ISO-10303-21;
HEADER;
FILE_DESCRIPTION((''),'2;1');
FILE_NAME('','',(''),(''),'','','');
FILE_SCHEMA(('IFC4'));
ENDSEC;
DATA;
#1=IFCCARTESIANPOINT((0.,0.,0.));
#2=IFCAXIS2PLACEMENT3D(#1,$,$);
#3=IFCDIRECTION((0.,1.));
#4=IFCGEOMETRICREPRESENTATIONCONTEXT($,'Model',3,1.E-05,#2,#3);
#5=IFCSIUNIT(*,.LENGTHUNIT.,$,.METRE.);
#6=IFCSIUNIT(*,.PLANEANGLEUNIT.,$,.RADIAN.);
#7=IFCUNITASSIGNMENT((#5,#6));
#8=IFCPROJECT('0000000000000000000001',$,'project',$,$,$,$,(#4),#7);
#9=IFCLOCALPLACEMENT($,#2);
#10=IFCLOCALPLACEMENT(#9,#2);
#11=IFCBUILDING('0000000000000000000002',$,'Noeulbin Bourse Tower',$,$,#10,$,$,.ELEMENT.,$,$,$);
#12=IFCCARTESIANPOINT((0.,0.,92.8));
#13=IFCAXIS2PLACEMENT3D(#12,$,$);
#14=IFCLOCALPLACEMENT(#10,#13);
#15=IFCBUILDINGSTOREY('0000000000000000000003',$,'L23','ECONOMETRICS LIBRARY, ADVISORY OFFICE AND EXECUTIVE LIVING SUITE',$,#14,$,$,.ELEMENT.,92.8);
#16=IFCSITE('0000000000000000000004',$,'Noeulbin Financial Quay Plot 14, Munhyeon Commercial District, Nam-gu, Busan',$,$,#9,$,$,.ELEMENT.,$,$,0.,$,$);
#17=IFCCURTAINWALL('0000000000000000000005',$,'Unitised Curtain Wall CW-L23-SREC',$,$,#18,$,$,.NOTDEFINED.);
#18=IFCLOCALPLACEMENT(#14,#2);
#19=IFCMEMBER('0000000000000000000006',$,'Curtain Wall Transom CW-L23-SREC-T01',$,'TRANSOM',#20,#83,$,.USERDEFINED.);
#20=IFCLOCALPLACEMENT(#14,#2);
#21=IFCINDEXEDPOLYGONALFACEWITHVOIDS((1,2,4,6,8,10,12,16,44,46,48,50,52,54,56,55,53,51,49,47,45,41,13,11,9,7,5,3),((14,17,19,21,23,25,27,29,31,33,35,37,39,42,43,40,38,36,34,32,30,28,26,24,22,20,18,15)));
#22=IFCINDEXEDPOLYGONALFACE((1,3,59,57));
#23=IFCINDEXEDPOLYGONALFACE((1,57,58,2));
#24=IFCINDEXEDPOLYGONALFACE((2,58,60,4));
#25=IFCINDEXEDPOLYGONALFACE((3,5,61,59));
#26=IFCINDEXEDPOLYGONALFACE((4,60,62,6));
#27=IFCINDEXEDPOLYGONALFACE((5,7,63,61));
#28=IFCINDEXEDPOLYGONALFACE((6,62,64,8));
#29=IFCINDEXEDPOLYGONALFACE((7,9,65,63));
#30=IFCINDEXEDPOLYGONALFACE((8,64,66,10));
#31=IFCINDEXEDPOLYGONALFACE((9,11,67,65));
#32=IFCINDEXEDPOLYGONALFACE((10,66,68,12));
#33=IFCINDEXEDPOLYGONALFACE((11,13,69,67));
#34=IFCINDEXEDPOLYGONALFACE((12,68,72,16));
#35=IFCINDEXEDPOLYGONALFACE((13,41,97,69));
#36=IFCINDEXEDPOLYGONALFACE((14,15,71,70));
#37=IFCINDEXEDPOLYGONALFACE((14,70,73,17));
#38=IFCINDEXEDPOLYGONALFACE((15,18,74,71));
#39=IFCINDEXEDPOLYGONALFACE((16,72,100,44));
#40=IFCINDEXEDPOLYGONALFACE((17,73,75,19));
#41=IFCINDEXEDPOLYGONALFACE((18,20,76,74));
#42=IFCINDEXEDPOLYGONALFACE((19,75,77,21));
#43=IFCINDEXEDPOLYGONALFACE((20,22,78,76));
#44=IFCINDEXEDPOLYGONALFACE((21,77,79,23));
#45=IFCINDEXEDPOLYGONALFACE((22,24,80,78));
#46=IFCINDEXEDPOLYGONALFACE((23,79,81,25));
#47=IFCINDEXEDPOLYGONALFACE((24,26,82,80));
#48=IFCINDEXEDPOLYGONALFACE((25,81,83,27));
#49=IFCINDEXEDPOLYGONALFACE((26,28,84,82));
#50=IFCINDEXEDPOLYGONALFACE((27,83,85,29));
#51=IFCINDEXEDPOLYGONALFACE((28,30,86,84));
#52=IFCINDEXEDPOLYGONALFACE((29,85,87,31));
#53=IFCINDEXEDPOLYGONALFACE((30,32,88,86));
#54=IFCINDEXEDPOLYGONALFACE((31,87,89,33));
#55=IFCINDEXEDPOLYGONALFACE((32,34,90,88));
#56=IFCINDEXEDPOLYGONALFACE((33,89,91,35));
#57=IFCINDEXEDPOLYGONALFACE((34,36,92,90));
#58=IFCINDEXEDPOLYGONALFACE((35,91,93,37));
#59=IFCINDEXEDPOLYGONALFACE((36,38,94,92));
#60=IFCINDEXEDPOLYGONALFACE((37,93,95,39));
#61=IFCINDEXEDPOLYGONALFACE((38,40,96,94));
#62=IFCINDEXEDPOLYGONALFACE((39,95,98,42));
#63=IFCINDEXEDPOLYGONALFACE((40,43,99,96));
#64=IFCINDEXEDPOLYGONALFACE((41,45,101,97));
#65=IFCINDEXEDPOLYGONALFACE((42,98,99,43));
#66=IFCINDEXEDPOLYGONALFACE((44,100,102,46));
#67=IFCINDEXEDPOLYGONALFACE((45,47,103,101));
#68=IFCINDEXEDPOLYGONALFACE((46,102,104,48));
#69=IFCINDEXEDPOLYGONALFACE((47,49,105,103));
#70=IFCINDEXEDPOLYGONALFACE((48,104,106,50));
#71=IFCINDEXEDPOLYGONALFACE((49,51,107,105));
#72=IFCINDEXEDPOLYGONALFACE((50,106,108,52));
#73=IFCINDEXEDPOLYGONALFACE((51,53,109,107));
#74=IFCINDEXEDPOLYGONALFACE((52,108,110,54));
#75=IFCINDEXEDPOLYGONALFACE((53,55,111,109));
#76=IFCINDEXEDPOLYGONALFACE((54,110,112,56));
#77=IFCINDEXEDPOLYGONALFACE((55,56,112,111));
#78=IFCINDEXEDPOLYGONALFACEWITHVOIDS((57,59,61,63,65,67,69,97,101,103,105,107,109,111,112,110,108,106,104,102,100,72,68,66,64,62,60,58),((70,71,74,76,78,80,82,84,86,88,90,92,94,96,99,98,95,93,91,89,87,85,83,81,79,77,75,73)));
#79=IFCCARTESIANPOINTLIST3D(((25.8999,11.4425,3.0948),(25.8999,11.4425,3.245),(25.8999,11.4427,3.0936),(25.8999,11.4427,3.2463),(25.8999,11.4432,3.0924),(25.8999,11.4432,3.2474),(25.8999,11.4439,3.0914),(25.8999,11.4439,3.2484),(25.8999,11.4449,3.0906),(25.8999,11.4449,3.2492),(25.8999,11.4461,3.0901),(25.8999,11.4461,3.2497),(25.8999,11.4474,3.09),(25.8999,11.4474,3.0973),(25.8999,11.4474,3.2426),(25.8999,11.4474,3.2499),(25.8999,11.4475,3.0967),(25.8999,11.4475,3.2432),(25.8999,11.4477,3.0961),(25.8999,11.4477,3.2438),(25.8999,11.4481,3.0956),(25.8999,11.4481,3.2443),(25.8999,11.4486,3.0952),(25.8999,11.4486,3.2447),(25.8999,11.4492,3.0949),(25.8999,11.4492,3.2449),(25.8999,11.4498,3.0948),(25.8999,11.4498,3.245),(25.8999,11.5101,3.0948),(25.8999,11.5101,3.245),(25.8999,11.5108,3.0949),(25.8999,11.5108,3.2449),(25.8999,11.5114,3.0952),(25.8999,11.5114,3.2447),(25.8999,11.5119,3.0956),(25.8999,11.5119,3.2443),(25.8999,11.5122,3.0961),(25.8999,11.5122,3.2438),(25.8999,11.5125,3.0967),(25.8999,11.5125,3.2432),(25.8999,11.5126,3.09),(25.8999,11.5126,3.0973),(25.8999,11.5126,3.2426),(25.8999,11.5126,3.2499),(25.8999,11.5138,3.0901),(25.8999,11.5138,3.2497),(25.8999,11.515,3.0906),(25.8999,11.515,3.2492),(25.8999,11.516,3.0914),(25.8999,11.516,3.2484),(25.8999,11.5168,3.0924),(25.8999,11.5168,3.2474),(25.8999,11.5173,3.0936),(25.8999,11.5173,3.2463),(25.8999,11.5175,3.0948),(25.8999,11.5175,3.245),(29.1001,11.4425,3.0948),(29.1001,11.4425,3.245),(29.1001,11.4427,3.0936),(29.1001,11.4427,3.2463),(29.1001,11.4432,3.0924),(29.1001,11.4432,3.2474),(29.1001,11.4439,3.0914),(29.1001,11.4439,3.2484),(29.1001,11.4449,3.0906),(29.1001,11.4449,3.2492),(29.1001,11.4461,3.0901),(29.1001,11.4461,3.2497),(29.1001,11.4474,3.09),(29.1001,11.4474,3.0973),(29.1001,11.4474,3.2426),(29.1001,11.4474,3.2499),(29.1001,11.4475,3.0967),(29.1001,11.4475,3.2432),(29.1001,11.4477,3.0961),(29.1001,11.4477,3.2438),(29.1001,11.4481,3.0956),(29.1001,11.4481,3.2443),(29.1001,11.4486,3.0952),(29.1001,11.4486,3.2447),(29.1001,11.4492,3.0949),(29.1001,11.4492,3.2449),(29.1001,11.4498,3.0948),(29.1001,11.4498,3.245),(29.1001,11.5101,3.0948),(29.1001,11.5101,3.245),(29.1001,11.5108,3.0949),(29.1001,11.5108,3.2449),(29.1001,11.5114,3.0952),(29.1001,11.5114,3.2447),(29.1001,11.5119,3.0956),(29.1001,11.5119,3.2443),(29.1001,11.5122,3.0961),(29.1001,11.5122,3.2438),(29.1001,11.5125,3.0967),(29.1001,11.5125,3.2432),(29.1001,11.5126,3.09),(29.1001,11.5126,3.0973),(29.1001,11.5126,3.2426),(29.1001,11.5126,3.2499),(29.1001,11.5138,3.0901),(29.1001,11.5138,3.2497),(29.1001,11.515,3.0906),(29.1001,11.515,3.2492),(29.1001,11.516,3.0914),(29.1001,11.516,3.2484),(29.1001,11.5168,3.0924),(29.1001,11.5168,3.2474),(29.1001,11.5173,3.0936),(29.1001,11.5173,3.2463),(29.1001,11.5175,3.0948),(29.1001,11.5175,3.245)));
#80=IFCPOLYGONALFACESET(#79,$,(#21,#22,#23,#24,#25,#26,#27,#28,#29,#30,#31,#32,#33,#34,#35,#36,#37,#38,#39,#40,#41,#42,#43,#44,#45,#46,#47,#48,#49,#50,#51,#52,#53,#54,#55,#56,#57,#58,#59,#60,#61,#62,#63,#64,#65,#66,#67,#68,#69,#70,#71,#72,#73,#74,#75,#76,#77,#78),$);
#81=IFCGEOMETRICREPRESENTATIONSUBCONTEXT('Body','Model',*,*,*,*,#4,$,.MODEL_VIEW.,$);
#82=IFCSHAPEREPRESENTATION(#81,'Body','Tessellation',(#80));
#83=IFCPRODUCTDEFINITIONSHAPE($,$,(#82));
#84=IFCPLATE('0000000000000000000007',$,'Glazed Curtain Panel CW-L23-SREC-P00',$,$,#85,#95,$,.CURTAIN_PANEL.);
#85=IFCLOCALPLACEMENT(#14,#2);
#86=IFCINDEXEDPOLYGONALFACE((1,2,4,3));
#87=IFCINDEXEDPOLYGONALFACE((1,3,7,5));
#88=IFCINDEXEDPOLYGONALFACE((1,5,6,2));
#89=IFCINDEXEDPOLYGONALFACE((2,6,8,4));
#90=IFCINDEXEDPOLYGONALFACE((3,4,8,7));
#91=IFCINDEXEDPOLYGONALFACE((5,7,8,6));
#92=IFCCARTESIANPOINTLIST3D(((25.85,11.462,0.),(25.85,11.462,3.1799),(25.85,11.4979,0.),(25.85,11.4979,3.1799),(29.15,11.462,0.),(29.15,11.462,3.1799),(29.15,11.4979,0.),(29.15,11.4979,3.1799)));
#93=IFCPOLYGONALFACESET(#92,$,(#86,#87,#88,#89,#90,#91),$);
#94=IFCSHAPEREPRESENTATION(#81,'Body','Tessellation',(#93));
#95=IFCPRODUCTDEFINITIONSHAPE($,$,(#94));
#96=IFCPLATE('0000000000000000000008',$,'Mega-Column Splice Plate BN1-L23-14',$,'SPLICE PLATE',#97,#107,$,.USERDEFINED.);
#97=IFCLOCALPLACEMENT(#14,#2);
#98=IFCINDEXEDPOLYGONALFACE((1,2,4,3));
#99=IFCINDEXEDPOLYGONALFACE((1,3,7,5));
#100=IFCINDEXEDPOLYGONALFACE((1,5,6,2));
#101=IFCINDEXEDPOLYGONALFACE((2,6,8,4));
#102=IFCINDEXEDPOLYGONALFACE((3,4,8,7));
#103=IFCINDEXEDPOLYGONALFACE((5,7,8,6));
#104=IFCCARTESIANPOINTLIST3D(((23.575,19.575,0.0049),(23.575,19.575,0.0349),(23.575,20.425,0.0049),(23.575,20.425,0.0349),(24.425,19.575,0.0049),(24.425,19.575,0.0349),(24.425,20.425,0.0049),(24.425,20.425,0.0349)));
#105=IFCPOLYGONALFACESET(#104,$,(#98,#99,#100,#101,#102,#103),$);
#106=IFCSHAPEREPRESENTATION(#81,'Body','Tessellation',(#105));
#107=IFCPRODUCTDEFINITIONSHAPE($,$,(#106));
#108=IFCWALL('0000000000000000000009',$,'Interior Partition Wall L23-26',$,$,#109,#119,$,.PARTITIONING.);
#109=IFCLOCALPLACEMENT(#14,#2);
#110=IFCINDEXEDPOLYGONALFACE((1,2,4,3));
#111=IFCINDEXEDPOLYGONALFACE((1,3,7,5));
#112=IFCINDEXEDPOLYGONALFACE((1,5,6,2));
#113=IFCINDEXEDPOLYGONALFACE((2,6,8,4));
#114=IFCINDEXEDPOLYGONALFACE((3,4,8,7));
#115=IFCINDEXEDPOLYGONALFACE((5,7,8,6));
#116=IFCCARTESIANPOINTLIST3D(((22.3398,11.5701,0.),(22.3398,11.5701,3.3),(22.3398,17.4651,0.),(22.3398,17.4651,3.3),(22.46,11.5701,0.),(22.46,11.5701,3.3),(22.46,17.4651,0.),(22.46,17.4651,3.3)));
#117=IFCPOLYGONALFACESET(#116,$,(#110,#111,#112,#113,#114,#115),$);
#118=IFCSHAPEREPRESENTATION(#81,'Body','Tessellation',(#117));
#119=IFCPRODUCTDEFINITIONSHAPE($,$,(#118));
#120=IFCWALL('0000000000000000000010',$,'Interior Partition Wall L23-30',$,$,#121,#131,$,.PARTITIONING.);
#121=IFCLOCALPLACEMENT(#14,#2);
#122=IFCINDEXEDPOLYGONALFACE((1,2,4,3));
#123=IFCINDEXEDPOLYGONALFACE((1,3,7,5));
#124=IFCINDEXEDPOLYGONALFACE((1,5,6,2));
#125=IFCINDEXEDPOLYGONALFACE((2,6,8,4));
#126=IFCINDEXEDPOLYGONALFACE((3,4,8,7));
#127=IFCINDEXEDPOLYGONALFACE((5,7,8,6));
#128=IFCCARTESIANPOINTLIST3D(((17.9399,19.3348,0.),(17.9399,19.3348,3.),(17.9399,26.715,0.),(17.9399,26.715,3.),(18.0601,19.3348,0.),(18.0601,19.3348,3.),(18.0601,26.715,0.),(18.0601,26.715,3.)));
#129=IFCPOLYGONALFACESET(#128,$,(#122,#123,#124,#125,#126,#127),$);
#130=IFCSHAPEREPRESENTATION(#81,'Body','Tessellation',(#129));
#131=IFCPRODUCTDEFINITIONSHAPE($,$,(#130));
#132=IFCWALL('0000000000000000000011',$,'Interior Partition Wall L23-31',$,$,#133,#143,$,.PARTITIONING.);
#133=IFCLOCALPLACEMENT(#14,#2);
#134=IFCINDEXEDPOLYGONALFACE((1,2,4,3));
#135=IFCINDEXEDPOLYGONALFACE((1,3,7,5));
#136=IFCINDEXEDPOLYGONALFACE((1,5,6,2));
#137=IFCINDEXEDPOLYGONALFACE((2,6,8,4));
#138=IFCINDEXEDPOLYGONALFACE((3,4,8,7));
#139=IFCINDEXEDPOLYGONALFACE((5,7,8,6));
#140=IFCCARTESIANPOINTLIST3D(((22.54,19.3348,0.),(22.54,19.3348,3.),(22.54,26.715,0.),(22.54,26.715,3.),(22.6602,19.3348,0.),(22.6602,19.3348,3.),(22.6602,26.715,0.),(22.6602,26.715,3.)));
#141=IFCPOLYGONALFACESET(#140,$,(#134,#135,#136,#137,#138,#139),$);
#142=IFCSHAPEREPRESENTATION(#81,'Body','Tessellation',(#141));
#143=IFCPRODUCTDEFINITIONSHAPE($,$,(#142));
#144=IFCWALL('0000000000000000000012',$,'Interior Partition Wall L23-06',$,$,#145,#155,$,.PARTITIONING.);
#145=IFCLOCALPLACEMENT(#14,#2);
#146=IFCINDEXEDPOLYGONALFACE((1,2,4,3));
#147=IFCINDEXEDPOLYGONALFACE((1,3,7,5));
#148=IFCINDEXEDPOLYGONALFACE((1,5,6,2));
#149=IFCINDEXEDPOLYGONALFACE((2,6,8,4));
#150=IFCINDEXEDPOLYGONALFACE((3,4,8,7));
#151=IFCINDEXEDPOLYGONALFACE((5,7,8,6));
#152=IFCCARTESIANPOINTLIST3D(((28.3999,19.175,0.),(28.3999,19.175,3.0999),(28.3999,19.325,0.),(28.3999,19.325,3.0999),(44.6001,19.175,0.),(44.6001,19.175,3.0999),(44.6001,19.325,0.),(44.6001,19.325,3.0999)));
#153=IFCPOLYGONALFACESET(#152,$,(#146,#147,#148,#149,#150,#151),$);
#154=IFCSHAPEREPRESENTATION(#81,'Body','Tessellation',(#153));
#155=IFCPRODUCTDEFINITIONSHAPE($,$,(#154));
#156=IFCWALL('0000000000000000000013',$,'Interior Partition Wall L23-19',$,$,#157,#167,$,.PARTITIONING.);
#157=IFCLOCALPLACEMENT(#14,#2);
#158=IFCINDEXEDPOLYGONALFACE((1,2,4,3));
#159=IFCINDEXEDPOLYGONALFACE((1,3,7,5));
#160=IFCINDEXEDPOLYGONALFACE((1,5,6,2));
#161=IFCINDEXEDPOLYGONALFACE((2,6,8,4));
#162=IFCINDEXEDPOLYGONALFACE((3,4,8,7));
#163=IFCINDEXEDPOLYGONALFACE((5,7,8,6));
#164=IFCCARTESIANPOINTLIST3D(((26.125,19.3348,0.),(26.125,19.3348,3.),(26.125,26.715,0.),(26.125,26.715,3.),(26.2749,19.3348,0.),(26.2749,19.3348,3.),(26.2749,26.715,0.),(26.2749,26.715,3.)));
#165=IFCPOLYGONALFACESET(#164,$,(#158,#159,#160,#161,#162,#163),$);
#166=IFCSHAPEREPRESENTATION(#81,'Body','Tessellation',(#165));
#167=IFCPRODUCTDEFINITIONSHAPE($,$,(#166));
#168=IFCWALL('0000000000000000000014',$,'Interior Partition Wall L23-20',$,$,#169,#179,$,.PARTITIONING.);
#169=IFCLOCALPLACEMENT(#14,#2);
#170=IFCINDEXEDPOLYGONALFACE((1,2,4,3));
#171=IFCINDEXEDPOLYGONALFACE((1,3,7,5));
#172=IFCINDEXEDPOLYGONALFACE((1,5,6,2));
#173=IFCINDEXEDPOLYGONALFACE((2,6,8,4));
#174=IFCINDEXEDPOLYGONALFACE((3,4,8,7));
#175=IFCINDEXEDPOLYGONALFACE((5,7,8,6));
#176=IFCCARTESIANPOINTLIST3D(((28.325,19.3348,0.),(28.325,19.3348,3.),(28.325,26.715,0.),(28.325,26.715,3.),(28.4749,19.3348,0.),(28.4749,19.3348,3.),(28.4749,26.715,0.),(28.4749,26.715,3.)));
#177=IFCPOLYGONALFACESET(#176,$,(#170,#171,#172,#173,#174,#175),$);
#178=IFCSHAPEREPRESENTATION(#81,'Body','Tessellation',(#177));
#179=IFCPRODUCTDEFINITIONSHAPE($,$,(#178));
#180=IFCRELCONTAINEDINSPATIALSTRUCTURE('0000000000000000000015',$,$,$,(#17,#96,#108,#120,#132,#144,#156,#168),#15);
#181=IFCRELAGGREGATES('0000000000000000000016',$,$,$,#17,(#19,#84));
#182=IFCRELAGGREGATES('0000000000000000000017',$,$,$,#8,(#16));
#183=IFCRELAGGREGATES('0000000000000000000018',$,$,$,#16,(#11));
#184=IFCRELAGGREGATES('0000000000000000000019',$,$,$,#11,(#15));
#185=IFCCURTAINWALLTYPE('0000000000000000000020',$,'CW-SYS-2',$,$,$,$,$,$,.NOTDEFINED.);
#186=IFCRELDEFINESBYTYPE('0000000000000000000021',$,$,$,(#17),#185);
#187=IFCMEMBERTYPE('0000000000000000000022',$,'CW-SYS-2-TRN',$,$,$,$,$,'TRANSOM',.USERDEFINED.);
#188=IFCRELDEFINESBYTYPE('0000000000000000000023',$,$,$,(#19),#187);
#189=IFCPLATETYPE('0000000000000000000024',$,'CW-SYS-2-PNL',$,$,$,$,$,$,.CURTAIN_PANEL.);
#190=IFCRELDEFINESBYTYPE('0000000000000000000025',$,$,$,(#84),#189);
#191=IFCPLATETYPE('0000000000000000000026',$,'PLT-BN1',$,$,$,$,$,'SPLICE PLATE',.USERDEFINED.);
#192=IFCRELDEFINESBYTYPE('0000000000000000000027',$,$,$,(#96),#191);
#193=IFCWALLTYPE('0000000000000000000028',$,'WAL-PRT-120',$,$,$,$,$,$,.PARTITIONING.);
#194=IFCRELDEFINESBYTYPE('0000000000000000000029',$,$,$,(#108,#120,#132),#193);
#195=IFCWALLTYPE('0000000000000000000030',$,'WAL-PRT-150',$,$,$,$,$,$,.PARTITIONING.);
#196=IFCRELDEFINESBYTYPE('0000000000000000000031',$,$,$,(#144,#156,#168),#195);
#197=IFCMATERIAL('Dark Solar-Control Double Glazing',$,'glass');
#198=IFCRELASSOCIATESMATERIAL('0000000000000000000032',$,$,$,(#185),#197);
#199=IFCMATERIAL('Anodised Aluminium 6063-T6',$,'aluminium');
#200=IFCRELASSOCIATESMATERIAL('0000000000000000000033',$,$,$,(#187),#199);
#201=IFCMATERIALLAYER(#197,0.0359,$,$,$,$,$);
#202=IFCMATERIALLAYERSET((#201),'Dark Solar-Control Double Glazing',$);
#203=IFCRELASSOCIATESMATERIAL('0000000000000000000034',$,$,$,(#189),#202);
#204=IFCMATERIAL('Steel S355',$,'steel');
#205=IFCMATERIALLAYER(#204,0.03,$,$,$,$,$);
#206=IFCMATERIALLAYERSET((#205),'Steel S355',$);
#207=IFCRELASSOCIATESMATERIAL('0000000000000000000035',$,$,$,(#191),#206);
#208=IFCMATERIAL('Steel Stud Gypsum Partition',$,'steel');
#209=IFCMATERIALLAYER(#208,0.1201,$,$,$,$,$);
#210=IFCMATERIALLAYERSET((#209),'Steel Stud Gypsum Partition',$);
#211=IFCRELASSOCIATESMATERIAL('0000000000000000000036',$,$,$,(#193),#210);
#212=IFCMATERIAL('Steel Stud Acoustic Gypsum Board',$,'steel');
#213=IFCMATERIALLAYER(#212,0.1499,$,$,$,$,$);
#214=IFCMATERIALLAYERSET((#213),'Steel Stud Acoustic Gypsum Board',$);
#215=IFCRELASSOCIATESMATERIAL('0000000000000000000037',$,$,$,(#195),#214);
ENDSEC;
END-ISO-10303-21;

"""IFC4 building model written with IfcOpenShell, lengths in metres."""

from ifc_helpers import new_model, si_unit, direction, frame, frame_2d, origin, origin_2d, place, context, subcontext, project, spatial, rectangle, hollow_rectangle, extrude, material, layer, layer_set, material_profile, profile_set, type_object, element, aggregate, save


model = new_model("IFC4")

# Units and contexts
model_context = context("Model", 3, precision=1e-05, world=origin(), true_north=direction((0.0, 1.0)))
body_context = subcontext(model_context, "Body", "Model", "MODEL_VIEW")
ifc_project = project(units=[si_unit("LENGTHUNIT", "METRE"), si_unit("PLANEANGLEUNIT", "RADIAN")], contexts=[model_context])

# Site, building, storey
site_placement = place(None, origin())
site = spatial("IfcSite", under=ifc_project, at=site_placement, Name="Noeulbin Financial Quay Plot 14, Munhyeon Commercial District, Nam-gu, Busan", CompositionType="ELEMENT", RefElevation=0.0)
building_placement = place(site_placement, origin())
building = spatial("IfcBuilding", under=site, at=building_placement, Name="Noeulbin Bourse Tower", CompositionType="ELEMENT")
storey_placement = place(building_placement, frame((0.0, 0.0, 92.8)))
storey = spatial("IfcBuildingStorey", under=building, at=storey_placement, Name="L23", Description="ECONOMETRICS LIBRARY, ADVISORY OFFICE AND EXECUTIVE LIVING SUITE", CompositionType="ELEMENT", Elevation=92.8)

# Shared definitions
ifc_material_1 = material(Name="Steel S355", Category="steel")

# Curtain wall, member, plate
ifc_material_2 = material(Name="Dark Solar-Control Double Glazing", Category="glass")
curtain_wall_type = type_object("IfcCurtainWallType", Name="CW-SYS-2", PredefinedType="NOTDEFINED", material=ifc_material_2)
curtain_wall_placement = place(storey_placement, origin())
curtain_wall = element("IfcCurtainWall", 1, at=curtain_wall_placement, inside=storey, type_object=curtain_wall_type, Name="Unitised Curtain Wall CW-L23-SREC", PredefinedType="NOTDEFINED")
ifc_material_3 = material(Name="Anodised Aluminium 6063-T6", Category="aluminium")
ifc_material_profile_1 = material_profile(ifc_material_3, hollow_rectangle(XDim=0.075, YDim=0.1599, WallThickness=0.0049, InnerFilletRadius=0.0024, OuterFilletRadius=0.0049, at=origin_2d()), Name="ALU-TRAN-75x160x5", Category="LoadBearing")
ifc_profile_set_1 = profile_set([ifc_material_profile_1], Name="Anodised Aluminium 6063-T6")
member_type_1 = type_object("IfcMemberType", Name="CW-SYS-2-TRN", ElementType="TRANSOM", PredefinedType="USERDEFINED", material=ifc_profile_set_1)
member_1_placement = place(storey_placement, frame((25.8999, 11.48, 3.1699), z_axis=(1.0, 0.0, 0.0), x_axis=(0.0, 1.0, 0.0)))
member_1 = element("IfcMember", 2, at=member_1_placement, type_object=member_type_1, Name="Curtain Wall Transom CW-L23-SREC-T01", ObjectType="TRANSOM", PredefinedType="USERDEFINED", context=body_context, shape_type="SweptSolid", body=[
    extrude(hollow_rectangle(XDim=0.075, YDim=0.1599, WallThickness=0.0049, InnerFilletRadius=0.0024, OuterFilletRadius=0.0049, at=origin_2d()), origin(), (0.0, 0.0, 1.0), 3.2002),
])
ifc_layer_1 = layer(ifc_material_2, 0.0359)
ifc_layer_set_1 = layer_set([ifc_layer_1], Name="Dark Solar-Control Double Glazing")
plate_type_1 = type_object("IfcPlateType", Name="CW-SYS-2-PNL", PredefinedType="CURTAIN_PANEL", material=ifc_layer_set_1)
plate_1_placement = place(storey_placement, frame((27.5, 11.48, 0.0), z_axis=(0.0, 0.0, 1.0), x_axis=(1.0, 0.0, 0.0)))
plate_1 = element("IfcPlate", 3, at=plate_1_placement, type_object=plate_type_1, Name="Glazed Curtain Panel CW-L23-SREC-P00", PredefinedType="CURTAIN_PANEL", context=body_context, shape_type="SweptSolid", body=[
    extrude(rectangle(XDim=3.3, YDim=0.0359, at=origin_2d()), origin(), (0.0, 0.0, 1.0), 3.1799),
])
aggregate(curtain_wall, [member_1, plate_1])

# Plate
ifc_layer_2 = layer(ifc_material_1, 0.03)
ifc_layer_set_2 = layer_set([ifc_layer_2], Name="Steel S355")
plate_type_2 = type_object("IfcPlateType", Name="PLT-BN1", ElementType="SPLICE PLATE", PredefinedType="USERDEFINED", material=ifc_layer_set_2)
plate_2_placement = place(storey_placement, frame((24.0, 20.0, 0.0049), z_axis=(0.0, 0.0, 1.0), x_axis=(1.0, 0.0, 0.0)))
element("IfcPlate", 4, at=plate_2_placement, inside=storey, type_object=plate_type_2, Name="Mega-Column Splice Plate BN1-L23-14", ObjectType="SPLICE PLATE", PredefinedType="USERDEFINED", context=body_context, shape_type="SweptSolid", body=[
    extrude(rectangle(XDim=0.8501, YDim=0.8501, at=origin_2d()), origin(), (0.0, 0.0, 1.0), 0.03),
])

# Walls
ifc_material_4 = material(Name="Steel Stud Gypsum Partition", Category="steel")
ifc_layer_3 = layer(ifc_material_4, 0.1201)
ifc_layer_set_3 = layer_set([ifc_layer_3], Name="Steel Stud Gypsum Partition")
wall_type_1 = type_object("IfcWallType", Name="WAL-PRT-120", PredefinedType="PARTITIONING", material=ifc_layer_set_3)
wall_1_placement = place(storey_placement, frame((22.3999, 11.5701, 0.0), z_axis=(0.0, 0.0, 1.0), x_axis=(0.0, 1.0, 0.0)))
element("IfcWall", 5, at=wall_1_placement, inside=storey, type_object=wall_type_1, Name="Interior Partition Wall L23-26", PredefinedType="PARTITIONING", context=body_context, shape_type="SweptSolid", body=[
    extrude(rectangle(XDim=5.895, YDim=0.1201, at=frame_2d((2.9475, 0.0))), origin(), (0.0, 0.0, 1.0), 3.3),
])
for number, where, z_axis, x_axis, name in (
    (6, (18.0, 19.335, 0.0), (0.0, 0.0, 1.0), (0.0, 1.0, 0.0), "Interior Partition Wall L23-30"),
    (7, (22.6001, 19.335, 0.0), (0.0, 0.0, 1.0), (0.0, 1.0, 0.0), "Interior Partition Wall L23-31"),
):
    element("IfcWall", number, at=place(storey_placement, frame(where, z_axis=z_axis, x_axis=x_axis)), inside=storey, type_object=wall_type_1, Name=name, PredefinedType="PARTITIONING", context=body_context, shape_type="SweptSolid", body=[
        extrude(rectangle(XDim=7.3801, YDim=0.1201, at=frame_2d((3.6899, 0.0))), origin(), (0.0, 0.0, 1.0), 3.0),
    ])
ifc_material_5 = material(Name="Steel Stud Acoustic Gypsum Board", Category="steel")
ifc_layer_4 = layer(ifc_material_5, 0.1499)
ifc_layer_set_4 = layer_set([ifc_layer_4], Name="Steel Stud Acoustic Gypsum Board")
wall_type_2 = type_object("IfcWallType", Name="WAL-PRT-150", PredefinedType="PARTITIONING", material=ifc_layer_set_4)
wall_2_placement = place(storey_placement, frame((28.3999, 19.25, 0.0), z_axis=(0.0, 0.0, 1.0), x_axis=(1.0, 0.0, 0.0)))
element("IfcWall", 8, at=wall_2_placement, inside=storey, type_object=wall_type_2, Name="Interior Partition Wall L23-06", PredefinedType="PARTITIONING", context=body_context, shape_type="SweptSolid", body=[
    extrude(rectangle(XDim=16.2002, YDim=0.1499, at=frame_2d((8.1001, 0.0))), origin(), (0.0, 0.0, 1.0), 3.0999),
])
for number, where, z_axis, x_axis, name in (
    (9, (26.2, 19.335, 0.0), (0.0, 0.0, 1.0), (0.0, 1.0, 0.0), "Interior Partition Wall L23-19"),
    (10, (28.3999, 19.335, 0.0), (0.0, 0.0, 1.0), (0.0, 1.0, 0.0), "Interior Partition Wall L23-20"),
):
    element("IfcWall", number, at=place(storey_placement, frame(where, z_axis=z_axis, x_axis=x_axis)), inside=storey, type_object=wall_type_2, Name=name, PredefinedType="PARTITIONING", context=body_context, shape_type="SweptSolid", body=[
        extrude(rectangle(XDim=7.3801, YDim=0.1499, at=frame_2d((3.6899, 0.0))), origin(), (0.0, 0.0, 1.0), 3.0),
    ])

save(model, "model.ifc")
